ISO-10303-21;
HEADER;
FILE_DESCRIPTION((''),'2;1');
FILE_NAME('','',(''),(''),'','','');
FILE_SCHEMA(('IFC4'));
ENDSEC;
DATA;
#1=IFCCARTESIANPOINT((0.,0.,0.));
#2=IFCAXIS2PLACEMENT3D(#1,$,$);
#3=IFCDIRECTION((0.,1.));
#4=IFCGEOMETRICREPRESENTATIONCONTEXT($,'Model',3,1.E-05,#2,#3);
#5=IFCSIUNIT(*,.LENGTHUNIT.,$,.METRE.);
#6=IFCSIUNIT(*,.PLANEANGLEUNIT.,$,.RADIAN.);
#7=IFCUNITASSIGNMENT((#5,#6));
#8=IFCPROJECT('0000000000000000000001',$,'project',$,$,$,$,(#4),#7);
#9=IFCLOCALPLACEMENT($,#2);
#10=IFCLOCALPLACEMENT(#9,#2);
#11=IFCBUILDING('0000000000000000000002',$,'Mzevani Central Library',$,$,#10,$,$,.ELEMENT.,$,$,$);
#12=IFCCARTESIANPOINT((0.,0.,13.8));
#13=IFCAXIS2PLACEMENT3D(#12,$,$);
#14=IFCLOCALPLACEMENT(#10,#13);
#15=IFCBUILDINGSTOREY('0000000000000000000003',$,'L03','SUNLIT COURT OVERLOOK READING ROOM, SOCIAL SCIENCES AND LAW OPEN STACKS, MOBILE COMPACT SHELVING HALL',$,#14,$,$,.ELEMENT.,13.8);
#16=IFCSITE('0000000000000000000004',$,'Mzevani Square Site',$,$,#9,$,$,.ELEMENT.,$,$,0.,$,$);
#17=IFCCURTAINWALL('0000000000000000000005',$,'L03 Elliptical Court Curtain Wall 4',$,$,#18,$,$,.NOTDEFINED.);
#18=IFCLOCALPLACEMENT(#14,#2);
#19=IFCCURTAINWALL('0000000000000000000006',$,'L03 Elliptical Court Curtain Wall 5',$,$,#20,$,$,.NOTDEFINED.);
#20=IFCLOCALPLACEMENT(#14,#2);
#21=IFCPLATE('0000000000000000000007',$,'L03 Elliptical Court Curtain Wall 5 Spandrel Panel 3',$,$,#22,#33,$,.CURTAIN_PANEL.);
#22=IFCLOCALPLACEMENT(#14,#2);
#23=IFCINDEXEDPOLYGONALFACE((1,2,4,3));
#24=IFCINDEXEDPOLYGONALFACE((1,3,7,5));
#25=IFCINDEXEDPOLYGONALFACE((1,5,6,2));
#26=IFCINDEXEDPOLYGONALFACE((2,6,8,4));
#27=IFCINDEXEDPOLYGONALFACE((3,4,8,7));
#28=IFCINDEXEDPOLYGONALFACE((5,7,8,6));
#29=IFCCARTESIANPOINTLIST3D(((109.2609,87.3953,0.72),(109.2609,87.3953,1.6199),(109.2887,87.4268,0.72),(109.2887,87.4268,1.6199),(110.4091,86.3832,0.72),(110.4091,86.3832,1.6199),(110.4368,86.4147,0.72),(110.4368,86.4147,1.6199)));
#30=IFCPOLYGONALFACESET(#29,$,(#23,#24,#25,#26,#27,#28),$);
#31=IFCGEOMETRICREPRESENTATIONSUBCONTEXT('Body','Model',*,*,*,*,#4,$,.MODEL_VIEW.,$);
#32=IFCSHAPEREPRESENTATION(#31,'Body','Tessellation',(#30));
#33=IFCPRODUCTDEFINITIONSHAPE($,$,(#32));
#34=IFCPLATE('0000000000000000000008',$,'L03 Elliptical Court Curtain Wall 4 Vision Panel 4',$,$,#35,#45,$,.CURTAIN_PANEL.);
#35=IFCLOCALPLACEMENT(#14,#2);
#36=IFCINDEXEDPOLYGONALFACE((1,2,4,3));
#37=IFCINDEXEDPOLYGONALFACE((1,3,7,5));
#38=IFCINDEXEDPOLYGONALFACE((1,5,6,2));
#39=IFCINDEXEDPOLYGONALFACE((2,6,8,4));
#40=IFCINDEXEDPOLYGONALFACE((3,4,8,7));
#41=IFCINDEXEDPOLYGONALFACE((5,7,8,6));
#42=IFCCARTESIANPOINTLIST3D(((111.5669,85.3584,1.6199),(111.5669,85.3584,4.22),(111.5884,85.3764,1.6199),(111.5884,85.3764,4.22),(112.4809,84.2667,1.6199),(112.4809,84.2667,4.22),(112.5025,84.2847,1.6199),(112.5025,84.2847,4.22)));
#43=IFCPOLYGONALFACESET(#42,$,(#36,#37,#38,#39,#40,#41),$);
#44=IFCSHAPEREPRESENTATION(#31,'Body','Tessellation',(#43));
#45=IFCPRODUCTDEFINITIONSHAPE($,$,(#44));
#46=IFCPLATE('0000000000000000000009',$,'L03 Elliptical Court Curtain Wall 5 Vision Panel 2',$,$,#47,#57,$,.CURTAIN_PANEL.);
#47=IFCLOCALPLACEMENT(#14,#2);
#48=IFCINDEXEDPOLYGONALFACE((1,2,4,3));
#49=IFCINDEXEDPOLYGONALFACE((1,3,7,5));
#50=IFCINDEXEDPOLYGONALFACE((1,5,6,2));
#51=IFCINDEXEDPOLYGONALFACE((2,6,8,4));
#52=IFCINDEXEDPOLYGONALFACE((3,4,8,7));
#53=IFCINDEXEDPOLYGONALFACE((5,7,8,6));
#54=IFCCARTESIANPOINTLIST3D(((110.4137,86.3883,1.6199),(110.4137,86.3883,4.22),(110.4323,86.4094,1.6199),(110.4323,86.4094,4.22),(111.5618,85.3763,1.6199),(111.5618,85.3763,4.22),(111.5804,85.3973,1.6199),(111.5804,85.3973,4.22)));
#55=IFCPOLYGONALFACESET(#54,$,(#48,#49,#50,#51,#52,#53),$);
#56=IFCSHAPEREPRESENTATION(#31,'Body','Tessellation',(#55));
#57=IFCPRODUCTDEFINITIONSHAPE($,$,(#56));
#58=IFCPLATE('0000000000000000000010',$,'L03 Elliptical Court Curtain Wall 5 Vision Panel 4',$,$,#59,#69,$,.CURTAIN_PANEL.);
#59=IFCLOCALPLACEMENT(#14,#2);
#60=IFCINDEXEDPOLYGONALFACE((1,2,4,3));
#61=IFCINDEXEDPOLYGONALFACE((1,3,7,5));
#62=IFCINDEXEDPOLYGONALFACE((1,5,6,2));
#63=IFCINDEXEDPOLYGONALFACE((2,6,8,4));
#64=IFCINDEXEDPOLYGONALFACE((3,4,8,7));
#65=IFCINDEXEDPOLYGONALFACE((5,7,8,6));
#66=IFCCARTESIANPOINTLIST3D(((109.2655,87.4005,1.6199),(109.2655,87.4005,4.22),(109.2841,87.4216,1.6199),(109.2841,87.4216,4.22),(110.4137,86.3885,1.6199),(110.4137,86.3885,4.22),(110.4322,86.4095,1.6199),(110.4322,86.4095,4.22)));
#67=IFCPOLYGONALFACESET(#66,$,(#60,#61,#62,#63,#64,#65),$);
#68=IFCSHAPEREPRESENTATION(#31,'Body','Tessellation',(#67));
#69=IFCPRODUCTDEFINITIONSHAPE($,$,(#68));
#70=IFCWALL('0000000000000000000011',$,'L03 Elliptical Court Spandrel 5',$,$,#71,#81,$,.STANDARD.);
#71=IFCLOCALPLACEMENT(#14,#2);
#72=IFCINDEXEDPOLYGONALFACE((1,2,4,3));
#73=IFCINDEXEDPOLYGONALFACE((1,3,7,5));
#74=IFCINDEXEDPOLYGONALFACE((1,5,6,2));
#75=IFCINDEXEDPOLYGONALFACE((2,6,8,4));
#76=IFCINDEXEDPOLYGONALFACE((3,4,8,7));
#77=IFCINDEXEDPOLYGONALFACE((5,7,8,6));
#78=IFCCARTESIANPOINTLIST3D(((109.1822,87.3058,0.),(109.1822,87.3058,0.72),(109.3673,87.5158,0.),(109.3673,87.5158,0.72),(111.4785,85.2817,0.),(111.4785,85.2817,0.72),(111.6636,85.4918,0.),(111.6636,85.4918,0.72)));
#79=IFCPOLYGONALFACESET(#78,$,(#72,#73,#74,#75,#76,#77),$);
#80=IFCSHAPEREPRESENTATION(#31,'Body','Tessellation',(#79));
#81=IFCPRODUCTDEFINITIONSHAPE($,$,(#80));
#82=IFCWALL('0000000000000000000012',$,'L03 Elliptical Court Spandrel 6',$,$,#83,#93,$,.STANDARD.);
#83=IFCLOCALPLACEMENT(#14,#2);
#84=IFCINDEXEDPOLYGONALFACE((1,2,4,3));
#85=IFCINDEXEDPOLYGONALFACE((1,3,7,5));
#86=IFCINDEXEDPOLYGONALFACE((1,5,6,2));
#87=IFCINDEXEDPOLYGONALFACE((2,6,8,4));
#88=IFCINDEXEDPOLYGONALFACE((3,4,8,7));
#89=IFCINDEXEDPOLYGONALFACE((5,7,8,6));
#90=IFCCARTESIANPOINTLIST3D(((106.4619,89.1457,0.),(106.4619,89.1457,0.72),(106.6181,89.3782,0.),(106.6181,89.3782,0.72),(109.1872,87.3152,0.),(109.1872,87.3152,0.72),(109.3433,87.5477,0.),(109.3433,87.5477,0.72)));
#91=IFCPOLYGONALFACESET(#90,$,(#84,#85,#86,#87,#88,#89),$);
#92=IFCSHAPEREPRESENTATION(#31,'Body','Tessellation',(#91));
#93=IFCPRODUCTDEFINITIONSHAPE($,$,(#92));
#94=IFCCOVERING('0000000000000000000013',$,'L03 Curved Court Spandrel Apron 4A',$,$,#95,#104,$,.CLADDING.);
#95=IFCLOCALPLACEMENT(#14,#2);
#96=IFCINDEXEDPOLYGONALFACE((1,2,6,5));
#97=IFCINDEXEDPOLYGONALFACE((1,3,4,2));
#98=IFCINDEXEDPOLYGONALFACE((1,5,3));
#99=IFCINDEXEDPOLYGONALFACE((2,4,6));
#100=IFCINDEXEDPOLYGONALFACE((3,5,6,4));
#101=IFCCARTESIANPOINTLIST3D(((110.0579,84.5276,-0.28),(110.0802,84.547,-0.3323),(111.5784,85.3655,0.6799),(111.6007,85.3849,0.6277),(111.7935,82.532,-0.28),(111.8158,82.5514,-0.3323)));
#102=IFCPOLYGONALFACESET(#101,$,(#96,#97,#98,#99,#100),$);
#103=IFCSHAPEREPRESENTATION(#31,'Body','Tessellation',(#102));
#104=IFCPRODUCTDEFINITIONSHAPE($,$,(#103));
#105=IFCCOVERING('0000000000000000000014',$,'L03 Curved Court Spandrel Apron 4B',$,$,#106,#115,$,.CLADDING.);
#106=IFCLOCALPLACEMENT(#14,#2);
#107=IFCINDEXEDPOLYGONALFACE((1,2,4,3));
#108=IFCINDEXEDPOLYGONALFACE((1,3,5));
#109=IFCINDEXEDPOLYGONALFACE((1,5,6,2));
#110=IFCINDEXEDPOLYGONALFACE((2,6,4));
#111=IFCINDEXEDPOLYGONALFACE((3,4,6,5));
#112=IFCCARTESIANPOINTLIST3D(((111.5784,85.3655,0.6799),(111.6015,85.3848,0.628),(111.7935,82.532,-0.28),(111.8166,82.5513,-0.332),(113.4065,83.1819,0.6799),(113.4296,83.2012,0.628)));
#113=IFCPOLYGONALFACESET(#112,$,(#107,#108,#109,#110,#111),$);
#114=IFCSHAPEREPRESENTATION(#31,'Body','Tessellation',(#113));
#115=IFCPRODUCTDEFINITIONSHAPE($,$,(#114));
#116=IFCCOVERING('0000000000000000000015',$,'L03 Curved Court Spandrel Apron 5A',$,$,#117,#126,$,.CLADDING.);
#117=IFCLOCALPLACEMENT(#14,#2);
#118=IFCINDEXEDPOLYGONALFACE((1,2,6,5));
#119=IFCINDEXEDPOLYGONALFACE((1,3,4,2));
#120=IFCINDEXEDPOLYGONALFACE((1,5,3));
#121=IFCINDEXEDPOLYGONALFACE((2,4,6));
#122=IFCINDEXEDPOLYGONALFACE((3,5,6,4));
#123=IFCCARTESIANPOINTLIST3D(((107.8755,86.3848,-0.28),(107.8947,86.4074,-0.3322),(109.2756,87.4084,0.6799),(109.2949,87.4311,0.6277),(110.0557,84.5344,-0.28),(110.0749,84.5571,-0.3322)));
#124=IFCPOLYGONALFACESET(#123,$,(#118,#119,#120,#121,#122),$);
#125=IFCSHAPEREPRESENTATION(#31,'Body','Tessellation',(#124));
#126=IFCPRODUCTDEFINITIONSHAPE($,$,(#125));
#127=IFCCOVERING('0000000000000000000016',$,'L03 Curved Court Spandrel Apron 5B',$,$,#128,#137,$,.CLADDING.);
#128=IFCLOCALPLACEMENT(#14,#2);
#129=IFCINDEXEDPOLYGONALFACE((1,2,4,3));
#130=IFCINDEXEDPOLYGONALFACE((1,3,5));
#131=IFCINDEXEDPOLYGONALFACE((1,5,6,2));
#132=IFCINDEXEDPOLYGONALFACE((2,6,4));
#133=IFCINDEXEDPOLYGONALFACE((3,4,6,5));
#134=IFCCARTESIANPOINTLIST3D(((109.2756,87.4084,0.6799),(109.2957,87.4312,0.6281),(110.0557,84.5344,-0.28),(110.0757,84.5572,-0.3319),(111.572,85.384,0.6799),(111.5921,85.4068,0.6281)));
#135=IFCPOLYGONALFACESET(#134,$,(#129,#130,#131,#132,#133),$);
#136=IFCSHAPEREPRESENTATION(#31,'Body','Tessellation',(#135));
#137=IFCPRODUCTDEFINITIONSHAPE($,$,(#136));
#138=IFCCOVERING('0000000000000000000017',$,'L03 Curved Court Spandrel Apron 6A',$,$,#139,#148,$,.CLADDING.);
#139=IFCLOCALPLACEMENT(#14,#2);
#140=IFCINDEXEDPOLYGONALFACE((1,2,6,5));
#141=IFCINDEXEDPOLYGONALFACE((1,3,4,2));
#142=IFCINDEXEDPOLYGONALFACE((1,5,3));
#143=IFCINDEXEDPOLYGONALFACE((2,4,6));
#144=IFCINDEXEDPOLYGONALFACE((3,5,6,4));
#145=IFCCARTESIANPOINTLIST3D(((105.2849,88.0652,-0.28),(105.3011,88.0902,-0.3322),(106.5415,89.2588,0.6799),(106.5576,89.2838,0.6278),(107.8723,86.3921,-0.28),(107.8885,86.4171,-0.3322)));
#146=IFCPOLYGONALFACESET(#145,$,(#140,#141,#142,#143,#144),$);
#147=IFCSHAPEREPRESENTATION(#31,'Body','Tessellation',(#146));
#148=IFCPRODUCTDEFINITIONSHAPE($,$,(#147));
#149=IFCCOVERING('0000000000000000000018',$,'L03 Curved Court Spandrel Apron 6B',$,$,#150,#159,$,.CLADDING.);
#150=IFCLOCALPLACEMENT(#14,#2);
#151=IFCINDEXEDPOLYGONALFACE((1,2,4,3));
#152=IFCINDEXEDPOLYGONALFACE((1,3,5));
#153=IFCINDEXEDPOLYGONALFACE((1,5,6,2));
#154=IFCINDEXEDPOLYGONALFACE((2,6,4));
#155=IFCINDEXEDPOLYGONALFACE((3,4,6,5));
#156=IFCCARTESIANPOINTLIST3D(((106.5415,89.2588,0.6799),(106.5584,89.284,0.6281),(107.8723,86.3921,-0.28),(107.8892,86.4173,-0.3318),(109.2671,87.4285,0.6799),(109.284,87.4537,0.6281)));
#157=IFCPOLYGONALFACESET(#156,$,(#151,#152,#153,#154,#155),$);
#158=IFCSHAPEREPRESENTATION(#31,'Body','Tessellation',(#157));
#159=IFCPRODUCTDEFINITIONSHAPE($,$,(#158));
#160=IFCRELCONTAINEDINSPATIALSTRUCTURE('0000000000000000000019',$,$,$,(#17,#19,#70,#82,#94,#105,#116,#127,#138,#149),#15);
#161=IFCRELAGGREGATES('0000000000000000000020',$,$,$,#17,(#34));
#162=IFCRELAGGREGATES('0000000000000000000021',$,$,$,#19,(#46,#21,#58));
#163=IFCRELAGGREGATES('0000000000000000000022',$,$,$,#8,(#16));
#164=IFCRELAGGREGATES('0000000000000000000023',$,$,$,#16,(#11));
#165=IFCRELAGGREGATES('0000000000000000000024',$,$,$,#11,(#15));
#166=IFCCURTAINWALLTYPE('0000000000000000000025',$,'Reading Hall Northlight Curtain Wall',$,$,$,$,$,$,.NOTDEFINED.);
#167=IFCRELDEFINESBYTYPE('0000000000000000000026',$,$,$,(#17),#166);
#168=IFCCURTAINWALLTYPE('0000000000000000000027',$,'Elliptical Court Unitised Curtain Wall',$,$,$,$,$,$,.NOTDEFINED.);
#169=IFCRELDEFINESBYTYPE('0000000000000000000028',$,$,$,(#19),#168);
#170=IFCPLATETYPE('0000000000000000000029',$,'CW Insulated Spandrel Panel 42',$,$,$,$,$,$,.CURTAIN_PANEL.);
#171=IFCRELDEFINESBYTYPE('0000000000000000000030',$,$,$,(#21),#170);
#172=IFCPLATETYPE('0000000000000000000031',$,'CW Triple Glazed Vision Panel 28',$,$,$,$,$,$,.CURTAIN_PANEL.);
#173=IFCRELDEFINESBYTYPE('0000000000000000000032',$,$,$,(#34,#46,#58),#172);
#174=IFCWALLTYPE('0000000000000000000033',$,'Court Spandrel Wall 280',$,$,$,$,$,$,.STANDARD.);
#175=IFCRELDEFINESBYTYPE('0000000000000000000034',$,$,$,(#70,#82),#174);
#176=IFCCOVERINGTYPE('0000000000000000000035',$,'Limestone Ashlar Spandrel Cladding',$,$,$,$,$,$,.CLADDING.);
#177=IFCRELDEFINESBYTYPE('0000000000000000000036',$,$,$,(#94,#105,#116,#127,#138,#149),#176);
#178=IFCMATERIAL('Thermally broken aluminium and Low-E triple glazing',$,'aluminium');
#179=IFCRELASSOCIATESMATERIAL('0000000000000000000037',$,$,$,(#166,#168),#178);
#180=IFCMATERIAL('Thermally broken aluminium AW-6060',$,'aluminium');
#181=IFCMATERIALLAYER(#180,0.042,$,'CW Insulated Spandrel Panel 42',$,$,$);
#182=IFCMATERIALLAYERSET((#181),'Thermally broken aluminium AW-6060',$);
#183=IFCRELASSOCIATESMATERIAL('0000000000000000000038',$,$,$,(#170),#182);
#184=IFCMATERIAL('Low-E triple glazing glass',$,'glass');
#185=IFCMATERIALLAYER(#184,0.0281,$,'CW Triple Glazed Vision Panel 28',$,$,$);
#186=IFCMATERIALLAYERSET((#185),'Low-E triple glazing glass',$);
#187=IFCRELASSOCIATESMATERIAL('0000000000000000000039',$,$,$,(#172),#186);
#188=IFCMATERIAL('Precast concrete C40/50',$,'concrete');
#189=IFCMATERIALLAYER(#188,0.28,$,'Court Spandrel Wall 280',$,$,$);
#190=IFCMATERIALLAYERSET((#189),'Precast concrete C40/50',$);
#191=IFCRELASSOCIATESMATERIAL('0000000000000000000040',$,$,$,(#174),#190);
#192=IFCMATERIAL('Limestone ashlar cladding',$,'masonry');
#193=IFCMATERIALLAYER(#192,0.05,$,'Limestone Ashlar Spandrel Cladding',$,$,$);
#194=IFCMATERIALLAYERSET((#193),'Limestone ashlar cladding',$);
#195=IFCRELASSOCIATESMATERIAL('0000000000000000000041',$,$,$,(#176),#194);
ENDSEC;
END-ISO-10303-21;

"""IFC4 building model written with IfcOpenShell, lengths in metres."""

from ifc_helpers import new_model, si_unit, direction, frame, frame_2d, origin, origin_2d, place, context, subcontext, project, spatial, polyline, rectangle, outline, extrude, material, layer, layer_set, type_object, element, aggregate, save


model = new_model("IFC4")

# Units and contexts
model_context = context("Model", 3, precision=1e-05, world=origin(), true_north=direction((0.0, 1.0)))
body_context = subcontext(model_context, "Body", "Model", "MODEL_VIEW")
ifc_project = project(units=[si_unit("LENGTHUNIT", "METRE"), si_unit("PLANEANGLEUNIT", "RADIAN")], contexts=[model_context])

# Site, building, storey
site_placement = place(None, origin())
site = spatial("IfcSite", under=ifc_project, at=site_placement, Name="Mzevani Square Site", CompositionType="ELEMENT", RefElevation=0.0)
building_placement = place(site_placement, origin())
building = spatial("IfcBuilding", under=site, at=building_placement, Name="Mzevani Central Library", CompositionType="ELEMENT")
storey_placement = place(building_placement, frame((0.0, 0.0, 13.8)))
storey = spatial("IfcBuildingStorey", under=building, at=storey_placement, Name="L03", Description="SUNLIT COURT OVERLOOK READING ROOM, SOCIAL SCIENCES AND LAW OPEN STACKS, MOBILE COMPACT SHELVING HALL", CompositionType="ELEMENT", Elevation=13.8)

# Curtain wall
ifc_material_1 = material(Name="Thermally broken aluminium and Low-E triple glazing", Category="aluminium")
curtain_wall_type_1 = type_object("IfcCurtainWallType", Name="Reading Hall Northlight Curtain Wall", PredefinedType="NOTDEFINED", material=ifc_material_1)
curtain_wall_1_placement = place(storey_placement, origin())
curtain_wall_1 = element("IfcCurtainWall", 1, at=curtain_wall_1_placement, inside=storey, type_object=curtain_wall_type_1, Name="L03 Elliptical Court Curtain Wall 4", PredefinedType="NOTDEFINED")
ifc_material_2 = material(Name="Thermally broken aluminium AW-6060", Category="aluminium")

# Curtain wall
curtain_wall_type_2 = type_object("IfcCurtainWallType", Name="Elliptical Court Unitised Curtain Wall", PredefinedType="NOTDEFINED", material=ifc_material_1)
curtain_wall_2_placement = place(storey_placement, origin())
curtain_wall_2 = element("IfcCurtainWall", 2, at=curtain_wall_2_placement, inside=storey, type_object=curtain_wall_type_2, Name="L03 Elliptical Court Curtain Wall 5", PredefinedType="NOTDEFINED")

# Plates
ifc_layer_1 = layer(ifc_material_2, 0.042, Name="CW Insulated Spandrel Panel 42")
ifc_layer_set_1 = layer_set([ifc_layer_1], Name="Thermally broken aluminium AW-6060")
plate_type_1 = type_object("IfcPlateType", Name="CW Insulated Spandrel Panel 42", PredefinedType="CURTAIN_PANEL", material=ifc_layer_set_1)
plate_1_placement = place(storey_placement, frame((109.8489, 86.905, 0.72), z_axis=(0.0, 0.0, 1.0), x_axis=(-0.750151, 0.661266, 0.0)))
plate_1 = element("IfcPlate", 3, at=plate_1_placement, type_object=plate_type_1, Name="L03 Elliptical Court Curtain Wall 5 Spandrel Panel 3", PredefinedType="CURTAIN_PANEL", context=body_context, shape_type="SweptSolid", body=[
    extrude(rectangle(XDim=1.5305, YDim=0.042, at=origin_2d()), origin(), (0.0, 0.0, 1.0), 0.8999),
])
ifc_material_3 = material(Name="Low-E triple glazing glass", Category="glass")
ifc_layer_2 = layer(ifc_material_3, 0.0281, Name="CW Triple Glazed Vision Panel 28")
ifc_layer_set_2 = layer_set([ifc_layer_2], Name="Low-E triple glazing glass")
plate_type_2 = type_object("IfcPlateType", Name="CW Triple Glazed Vision Panel 28", PredefinedType="CURTAIN_PANEL", material=ifc_layer_set_2)
plate_2_placement = place(storey_placement, frame((112.0347, 84.8215, 1.6199), z_axis=(0.0, 0.0, 1.0), x_axis=(-0.641969, 0.766731, 0.0)))
plate_2 = element("IfcPlate", 4, at=plate_2_placement, type_object=plate_type_2, Name="L03 Elliptical Court Curtain Wall 4 Vision Panel 4", PredefinedType="CURTAIN_PANEL", context=body_context, shape_type="SweptSolid", body=[
    extrude(rectangle(XDim=1.4238, YDim=0.0281, at=origin_2d()), origin(), (0.0, 0.0, 1.0), 2.6001),
])
aggregate(curtain_wall_1, [plate_2])
plate_3_placement = place(storey_placement, frame((110.9971, 85.8928, 1.6199), z_axis=(0.0, 0.0, 1.0), x_axis=(-0.750151, 0.661266, 0.0)))
plate_3 = element("IfcPlate", 5, at=plate_3_placement, type_object=plate_type_2, Name="L03 Elliptical Court Curtain Wall 5 Vision Panel 2", PredefinedType="CURTAIN_PANEL", context=body_context, shape_type="SweptSolid", body=[
    extrude(rectangle(XDim=1.5305, YDim=0.0281, at=origin_2d()), origin(), (0.0, 0.0, 1.0), 2.6001),
])
plate_4_placement = place(storey_placement, frame((109.8489, 86.905, 1.6199), z_axis=(0.0, 0.0, 1.0), x_axis=(-0.750151, 0.661266, 0.0)))
plate_4 = element("IfcPlate", 6, at=plate_4_placement, type_object=plate_type_2, Name="L03 Elliptical Court Curtain Wall 5 Vision Panel 4", PredefinedType="CURTAIN_PANEL", context=body_context, shape_type="SweptSolid", body=[
    extrude(rectangle(XDim=1.5305, YDim=0.0281, at=origin_2d()), origin(), (0.0, 0.0, 1.0), 2.6001),
])
aggregate(curtain_wall_2, [plate_3, plate_1, plate_4])

# Walls
ifc_material_4 = material(Name="Precast concrete C40/50", Category="concrete")
ifc_layer_3 = layer(ifc_material_4, 0.28, Name="Court Spandrel Wall 280")
ifc_layer_set_3 = layer_set([ifc_layer_3], Name="Precast concrete C40/50")
wall_type = type_object("IfcWallType", Name="Court Spandrel Wall 280", PredefinedType="STANDARD", material=ifc_layer_set_3)
wall_1_placement = place(storey_placement, frame((111.571, 85.3867, 0.0), z_axis=(0.0, 0.0, 1.0), x_axis=(-0.750171, 0.661244, 0.0)))
element("IfcWall", 7, at=wall_1_placement, inside=storey, type_object=wall_type, Name="L03 Elliptical Court Spandrel 5", PredefinedType="STANDARD", context=body_context, shape_type="SweptSolid", body=[
    extrude(rectangle(XDim=3.061, YDim=0.28, at=frame_2d((1.5305, 0.0))), origin(), (0.0, 0.0, 1.0), 0.72),
])
wall_2_placement = place(storey_placement, frame((109.2654, 87.4314, 0.0), z_axis=(0.0, 0.0, 1.0), x_axis=(-0.830123, 0.55758, 0.0)))
element("IfcWall", 8, at=wall_2_placement, inside=storey, type_object=wall_type, Name="L03 Elliptical Court Spandrel 6", PredefinedType="STANDARD", context=body_context, shape_type="SweptSolid", body=[
    extrude(rectangle(XDim=3.283, YDim=0.28, at=frame_2d((1.6416, 0.0))), origin(), (0.0, 0.0, 1.0), 0.72),
])

# Coverings
ifc_material_5 = material(Name="Limestone ashlar cladding", Category="masonry")
ifc_layer_4 = layer(ifc_material_5, 0.05, Name="Limestone Ashlar Spandrel Cladding")
ifc_layer_set_4 = layer_set([ifc_layer_4], Name="Limestone ashlar cladding")
covering_type = type_object("IfcCoveringType", Name="Limestone Ashlar Spandrel Cladding", PredefinedType="CLADDING", material=ifc_layer_set_4)
covering_1_placement = place(storey_placement, frame((111.7935, 82.532, -0.28), z_axis=(-0.371487, -0.323086, 0.87041), x_axis=(-0.65624, 0.754552, 0.0)))
element("IfcCovering", 9, at=covering_1_placement, inside=storey, type_object=covering_type, Name="L03 Curved Court Spandrel Apron 4A", PredefinedType="CLADDING", context=body_context, shape_type="SweptSolid", body=[
    extrude(outline(polyline([(0.0, 0.0), (2.6448, 0.0), (2.2792, -1.9498), (0.0, 0.0)])), origin(), (0.0, 0.0, -1.0), 0.0601),
])
covering_2_placement = place(storey_placement, frame((111.7935, 82.532, -0.28), z_axis=(-0.384888, -0.322232, 0.864886), x_axis=(-0.07171, 0.944683, 0.320049)))
element("IfcCovering", 10, at=covering_2_placement, inside=storey, type_object=covering_type, Name="L03 Curved Court Spandrel Apron 4B", PredefinedType="CLADDING", context=body_context, shape_type="SweptSolid", body=[
    extrude(outline(polyline([(0.0, 0.0), (2.9994, 0.0), (0.8055, -1.8157), (0.0, 0.0)])), origin(), (0.0, 0.0, -1.0), 0.0601),
])
covering_3_placement = place(storey_placement, frame((110.0557, 84.5344, -0.28), z_axis=(-0.320099, -0.377159, 0.869073), x_axis=(-0.762424, 0.647078, 0.0)))
element("IfcCovering", 11, at=covering_3_placement, inside=storey, type_object=covering_type, Name="L03 Curved Court Spandrel Apron 5A", PredefinedType="CLADDING", context=body_context, shape_type="SweptSolid", body=[
    extrude(outline(polyline([(0.0, 0.0), (2.8595, 0.0), (2.4544, -1.9406), (0.0, 0.0)])), origin(), (0.0, 0.0, -1.0), 0.0601),
])
covering_4_placement = place(storey_placement, frame((110.0557, 84.5344, -0.28), z_axis=(-0.334049, -0.378927, 0.863033), x_axis=(-0.249299, 0.918543, 0.306805)))
element("IfcCovering", 12, at=covering_4_placement, inside=storey, type_object=covering_type, Name="L03 Curved Court Spandrel Apron 5B", PredefinedType="CLADDING", context=body_context, shape_type="SweptSolid", body=[
    extrude(outline(polyline([(0.0, 0.0), (3.1289, 0.0), (0.6969, -1.8593), (0.0, 0.0)])), origin(), (0.0, 0.0, -1.0), 0.0601),
])
covering_5_placement = place(storey_placement, frame((107.8723, 86.3921, -0.28), z_axis=(-0.268835, -0.415747, 0.86884), x_axis=(-0.839734, 0.542998, 0.0)))
element("IfcCovering", 13, at=covering_5_placement, inside=storey, type_object=covering_type, Name="L03 Curved Court Spandrel Apron 6A", PredefinedType="CLADDING", context=body_context, shape_type="SweptSolid", body=[
    extrude(outline(polyline([(0.0, 0.0), (3.0812, 0.0), (2.6741, -1.9389), (0.0, 0.0)])), origin(), (0.0, 0.0, -1.0), 0.0601),
])
covering_6_placement = place(storey_placement, frame((107.8723, 86.3921, -0.28), z_axis=(-0.281887, -0.419766, 0.862749), x_axis=(-0.402896, 0.867878, 0.290623)))
element("IfcCovering", 14, at=covering_6_placement, inside=storey, type_object=covering_type, Name="L03 Curved Court Spandrel Apron 6B", PredefinedType="CLADDING", context=body_context, shape_type="SweptSolid", body=[
    extrude(outline(polyline([(0.0, 0.0), (3.3031, 0.0), (0.6165, -1.887), (0.0, 0.0)])), origin(), (0.0, 0.0, -1.0), 0.0601),
])

save(model, "model.ifc")
